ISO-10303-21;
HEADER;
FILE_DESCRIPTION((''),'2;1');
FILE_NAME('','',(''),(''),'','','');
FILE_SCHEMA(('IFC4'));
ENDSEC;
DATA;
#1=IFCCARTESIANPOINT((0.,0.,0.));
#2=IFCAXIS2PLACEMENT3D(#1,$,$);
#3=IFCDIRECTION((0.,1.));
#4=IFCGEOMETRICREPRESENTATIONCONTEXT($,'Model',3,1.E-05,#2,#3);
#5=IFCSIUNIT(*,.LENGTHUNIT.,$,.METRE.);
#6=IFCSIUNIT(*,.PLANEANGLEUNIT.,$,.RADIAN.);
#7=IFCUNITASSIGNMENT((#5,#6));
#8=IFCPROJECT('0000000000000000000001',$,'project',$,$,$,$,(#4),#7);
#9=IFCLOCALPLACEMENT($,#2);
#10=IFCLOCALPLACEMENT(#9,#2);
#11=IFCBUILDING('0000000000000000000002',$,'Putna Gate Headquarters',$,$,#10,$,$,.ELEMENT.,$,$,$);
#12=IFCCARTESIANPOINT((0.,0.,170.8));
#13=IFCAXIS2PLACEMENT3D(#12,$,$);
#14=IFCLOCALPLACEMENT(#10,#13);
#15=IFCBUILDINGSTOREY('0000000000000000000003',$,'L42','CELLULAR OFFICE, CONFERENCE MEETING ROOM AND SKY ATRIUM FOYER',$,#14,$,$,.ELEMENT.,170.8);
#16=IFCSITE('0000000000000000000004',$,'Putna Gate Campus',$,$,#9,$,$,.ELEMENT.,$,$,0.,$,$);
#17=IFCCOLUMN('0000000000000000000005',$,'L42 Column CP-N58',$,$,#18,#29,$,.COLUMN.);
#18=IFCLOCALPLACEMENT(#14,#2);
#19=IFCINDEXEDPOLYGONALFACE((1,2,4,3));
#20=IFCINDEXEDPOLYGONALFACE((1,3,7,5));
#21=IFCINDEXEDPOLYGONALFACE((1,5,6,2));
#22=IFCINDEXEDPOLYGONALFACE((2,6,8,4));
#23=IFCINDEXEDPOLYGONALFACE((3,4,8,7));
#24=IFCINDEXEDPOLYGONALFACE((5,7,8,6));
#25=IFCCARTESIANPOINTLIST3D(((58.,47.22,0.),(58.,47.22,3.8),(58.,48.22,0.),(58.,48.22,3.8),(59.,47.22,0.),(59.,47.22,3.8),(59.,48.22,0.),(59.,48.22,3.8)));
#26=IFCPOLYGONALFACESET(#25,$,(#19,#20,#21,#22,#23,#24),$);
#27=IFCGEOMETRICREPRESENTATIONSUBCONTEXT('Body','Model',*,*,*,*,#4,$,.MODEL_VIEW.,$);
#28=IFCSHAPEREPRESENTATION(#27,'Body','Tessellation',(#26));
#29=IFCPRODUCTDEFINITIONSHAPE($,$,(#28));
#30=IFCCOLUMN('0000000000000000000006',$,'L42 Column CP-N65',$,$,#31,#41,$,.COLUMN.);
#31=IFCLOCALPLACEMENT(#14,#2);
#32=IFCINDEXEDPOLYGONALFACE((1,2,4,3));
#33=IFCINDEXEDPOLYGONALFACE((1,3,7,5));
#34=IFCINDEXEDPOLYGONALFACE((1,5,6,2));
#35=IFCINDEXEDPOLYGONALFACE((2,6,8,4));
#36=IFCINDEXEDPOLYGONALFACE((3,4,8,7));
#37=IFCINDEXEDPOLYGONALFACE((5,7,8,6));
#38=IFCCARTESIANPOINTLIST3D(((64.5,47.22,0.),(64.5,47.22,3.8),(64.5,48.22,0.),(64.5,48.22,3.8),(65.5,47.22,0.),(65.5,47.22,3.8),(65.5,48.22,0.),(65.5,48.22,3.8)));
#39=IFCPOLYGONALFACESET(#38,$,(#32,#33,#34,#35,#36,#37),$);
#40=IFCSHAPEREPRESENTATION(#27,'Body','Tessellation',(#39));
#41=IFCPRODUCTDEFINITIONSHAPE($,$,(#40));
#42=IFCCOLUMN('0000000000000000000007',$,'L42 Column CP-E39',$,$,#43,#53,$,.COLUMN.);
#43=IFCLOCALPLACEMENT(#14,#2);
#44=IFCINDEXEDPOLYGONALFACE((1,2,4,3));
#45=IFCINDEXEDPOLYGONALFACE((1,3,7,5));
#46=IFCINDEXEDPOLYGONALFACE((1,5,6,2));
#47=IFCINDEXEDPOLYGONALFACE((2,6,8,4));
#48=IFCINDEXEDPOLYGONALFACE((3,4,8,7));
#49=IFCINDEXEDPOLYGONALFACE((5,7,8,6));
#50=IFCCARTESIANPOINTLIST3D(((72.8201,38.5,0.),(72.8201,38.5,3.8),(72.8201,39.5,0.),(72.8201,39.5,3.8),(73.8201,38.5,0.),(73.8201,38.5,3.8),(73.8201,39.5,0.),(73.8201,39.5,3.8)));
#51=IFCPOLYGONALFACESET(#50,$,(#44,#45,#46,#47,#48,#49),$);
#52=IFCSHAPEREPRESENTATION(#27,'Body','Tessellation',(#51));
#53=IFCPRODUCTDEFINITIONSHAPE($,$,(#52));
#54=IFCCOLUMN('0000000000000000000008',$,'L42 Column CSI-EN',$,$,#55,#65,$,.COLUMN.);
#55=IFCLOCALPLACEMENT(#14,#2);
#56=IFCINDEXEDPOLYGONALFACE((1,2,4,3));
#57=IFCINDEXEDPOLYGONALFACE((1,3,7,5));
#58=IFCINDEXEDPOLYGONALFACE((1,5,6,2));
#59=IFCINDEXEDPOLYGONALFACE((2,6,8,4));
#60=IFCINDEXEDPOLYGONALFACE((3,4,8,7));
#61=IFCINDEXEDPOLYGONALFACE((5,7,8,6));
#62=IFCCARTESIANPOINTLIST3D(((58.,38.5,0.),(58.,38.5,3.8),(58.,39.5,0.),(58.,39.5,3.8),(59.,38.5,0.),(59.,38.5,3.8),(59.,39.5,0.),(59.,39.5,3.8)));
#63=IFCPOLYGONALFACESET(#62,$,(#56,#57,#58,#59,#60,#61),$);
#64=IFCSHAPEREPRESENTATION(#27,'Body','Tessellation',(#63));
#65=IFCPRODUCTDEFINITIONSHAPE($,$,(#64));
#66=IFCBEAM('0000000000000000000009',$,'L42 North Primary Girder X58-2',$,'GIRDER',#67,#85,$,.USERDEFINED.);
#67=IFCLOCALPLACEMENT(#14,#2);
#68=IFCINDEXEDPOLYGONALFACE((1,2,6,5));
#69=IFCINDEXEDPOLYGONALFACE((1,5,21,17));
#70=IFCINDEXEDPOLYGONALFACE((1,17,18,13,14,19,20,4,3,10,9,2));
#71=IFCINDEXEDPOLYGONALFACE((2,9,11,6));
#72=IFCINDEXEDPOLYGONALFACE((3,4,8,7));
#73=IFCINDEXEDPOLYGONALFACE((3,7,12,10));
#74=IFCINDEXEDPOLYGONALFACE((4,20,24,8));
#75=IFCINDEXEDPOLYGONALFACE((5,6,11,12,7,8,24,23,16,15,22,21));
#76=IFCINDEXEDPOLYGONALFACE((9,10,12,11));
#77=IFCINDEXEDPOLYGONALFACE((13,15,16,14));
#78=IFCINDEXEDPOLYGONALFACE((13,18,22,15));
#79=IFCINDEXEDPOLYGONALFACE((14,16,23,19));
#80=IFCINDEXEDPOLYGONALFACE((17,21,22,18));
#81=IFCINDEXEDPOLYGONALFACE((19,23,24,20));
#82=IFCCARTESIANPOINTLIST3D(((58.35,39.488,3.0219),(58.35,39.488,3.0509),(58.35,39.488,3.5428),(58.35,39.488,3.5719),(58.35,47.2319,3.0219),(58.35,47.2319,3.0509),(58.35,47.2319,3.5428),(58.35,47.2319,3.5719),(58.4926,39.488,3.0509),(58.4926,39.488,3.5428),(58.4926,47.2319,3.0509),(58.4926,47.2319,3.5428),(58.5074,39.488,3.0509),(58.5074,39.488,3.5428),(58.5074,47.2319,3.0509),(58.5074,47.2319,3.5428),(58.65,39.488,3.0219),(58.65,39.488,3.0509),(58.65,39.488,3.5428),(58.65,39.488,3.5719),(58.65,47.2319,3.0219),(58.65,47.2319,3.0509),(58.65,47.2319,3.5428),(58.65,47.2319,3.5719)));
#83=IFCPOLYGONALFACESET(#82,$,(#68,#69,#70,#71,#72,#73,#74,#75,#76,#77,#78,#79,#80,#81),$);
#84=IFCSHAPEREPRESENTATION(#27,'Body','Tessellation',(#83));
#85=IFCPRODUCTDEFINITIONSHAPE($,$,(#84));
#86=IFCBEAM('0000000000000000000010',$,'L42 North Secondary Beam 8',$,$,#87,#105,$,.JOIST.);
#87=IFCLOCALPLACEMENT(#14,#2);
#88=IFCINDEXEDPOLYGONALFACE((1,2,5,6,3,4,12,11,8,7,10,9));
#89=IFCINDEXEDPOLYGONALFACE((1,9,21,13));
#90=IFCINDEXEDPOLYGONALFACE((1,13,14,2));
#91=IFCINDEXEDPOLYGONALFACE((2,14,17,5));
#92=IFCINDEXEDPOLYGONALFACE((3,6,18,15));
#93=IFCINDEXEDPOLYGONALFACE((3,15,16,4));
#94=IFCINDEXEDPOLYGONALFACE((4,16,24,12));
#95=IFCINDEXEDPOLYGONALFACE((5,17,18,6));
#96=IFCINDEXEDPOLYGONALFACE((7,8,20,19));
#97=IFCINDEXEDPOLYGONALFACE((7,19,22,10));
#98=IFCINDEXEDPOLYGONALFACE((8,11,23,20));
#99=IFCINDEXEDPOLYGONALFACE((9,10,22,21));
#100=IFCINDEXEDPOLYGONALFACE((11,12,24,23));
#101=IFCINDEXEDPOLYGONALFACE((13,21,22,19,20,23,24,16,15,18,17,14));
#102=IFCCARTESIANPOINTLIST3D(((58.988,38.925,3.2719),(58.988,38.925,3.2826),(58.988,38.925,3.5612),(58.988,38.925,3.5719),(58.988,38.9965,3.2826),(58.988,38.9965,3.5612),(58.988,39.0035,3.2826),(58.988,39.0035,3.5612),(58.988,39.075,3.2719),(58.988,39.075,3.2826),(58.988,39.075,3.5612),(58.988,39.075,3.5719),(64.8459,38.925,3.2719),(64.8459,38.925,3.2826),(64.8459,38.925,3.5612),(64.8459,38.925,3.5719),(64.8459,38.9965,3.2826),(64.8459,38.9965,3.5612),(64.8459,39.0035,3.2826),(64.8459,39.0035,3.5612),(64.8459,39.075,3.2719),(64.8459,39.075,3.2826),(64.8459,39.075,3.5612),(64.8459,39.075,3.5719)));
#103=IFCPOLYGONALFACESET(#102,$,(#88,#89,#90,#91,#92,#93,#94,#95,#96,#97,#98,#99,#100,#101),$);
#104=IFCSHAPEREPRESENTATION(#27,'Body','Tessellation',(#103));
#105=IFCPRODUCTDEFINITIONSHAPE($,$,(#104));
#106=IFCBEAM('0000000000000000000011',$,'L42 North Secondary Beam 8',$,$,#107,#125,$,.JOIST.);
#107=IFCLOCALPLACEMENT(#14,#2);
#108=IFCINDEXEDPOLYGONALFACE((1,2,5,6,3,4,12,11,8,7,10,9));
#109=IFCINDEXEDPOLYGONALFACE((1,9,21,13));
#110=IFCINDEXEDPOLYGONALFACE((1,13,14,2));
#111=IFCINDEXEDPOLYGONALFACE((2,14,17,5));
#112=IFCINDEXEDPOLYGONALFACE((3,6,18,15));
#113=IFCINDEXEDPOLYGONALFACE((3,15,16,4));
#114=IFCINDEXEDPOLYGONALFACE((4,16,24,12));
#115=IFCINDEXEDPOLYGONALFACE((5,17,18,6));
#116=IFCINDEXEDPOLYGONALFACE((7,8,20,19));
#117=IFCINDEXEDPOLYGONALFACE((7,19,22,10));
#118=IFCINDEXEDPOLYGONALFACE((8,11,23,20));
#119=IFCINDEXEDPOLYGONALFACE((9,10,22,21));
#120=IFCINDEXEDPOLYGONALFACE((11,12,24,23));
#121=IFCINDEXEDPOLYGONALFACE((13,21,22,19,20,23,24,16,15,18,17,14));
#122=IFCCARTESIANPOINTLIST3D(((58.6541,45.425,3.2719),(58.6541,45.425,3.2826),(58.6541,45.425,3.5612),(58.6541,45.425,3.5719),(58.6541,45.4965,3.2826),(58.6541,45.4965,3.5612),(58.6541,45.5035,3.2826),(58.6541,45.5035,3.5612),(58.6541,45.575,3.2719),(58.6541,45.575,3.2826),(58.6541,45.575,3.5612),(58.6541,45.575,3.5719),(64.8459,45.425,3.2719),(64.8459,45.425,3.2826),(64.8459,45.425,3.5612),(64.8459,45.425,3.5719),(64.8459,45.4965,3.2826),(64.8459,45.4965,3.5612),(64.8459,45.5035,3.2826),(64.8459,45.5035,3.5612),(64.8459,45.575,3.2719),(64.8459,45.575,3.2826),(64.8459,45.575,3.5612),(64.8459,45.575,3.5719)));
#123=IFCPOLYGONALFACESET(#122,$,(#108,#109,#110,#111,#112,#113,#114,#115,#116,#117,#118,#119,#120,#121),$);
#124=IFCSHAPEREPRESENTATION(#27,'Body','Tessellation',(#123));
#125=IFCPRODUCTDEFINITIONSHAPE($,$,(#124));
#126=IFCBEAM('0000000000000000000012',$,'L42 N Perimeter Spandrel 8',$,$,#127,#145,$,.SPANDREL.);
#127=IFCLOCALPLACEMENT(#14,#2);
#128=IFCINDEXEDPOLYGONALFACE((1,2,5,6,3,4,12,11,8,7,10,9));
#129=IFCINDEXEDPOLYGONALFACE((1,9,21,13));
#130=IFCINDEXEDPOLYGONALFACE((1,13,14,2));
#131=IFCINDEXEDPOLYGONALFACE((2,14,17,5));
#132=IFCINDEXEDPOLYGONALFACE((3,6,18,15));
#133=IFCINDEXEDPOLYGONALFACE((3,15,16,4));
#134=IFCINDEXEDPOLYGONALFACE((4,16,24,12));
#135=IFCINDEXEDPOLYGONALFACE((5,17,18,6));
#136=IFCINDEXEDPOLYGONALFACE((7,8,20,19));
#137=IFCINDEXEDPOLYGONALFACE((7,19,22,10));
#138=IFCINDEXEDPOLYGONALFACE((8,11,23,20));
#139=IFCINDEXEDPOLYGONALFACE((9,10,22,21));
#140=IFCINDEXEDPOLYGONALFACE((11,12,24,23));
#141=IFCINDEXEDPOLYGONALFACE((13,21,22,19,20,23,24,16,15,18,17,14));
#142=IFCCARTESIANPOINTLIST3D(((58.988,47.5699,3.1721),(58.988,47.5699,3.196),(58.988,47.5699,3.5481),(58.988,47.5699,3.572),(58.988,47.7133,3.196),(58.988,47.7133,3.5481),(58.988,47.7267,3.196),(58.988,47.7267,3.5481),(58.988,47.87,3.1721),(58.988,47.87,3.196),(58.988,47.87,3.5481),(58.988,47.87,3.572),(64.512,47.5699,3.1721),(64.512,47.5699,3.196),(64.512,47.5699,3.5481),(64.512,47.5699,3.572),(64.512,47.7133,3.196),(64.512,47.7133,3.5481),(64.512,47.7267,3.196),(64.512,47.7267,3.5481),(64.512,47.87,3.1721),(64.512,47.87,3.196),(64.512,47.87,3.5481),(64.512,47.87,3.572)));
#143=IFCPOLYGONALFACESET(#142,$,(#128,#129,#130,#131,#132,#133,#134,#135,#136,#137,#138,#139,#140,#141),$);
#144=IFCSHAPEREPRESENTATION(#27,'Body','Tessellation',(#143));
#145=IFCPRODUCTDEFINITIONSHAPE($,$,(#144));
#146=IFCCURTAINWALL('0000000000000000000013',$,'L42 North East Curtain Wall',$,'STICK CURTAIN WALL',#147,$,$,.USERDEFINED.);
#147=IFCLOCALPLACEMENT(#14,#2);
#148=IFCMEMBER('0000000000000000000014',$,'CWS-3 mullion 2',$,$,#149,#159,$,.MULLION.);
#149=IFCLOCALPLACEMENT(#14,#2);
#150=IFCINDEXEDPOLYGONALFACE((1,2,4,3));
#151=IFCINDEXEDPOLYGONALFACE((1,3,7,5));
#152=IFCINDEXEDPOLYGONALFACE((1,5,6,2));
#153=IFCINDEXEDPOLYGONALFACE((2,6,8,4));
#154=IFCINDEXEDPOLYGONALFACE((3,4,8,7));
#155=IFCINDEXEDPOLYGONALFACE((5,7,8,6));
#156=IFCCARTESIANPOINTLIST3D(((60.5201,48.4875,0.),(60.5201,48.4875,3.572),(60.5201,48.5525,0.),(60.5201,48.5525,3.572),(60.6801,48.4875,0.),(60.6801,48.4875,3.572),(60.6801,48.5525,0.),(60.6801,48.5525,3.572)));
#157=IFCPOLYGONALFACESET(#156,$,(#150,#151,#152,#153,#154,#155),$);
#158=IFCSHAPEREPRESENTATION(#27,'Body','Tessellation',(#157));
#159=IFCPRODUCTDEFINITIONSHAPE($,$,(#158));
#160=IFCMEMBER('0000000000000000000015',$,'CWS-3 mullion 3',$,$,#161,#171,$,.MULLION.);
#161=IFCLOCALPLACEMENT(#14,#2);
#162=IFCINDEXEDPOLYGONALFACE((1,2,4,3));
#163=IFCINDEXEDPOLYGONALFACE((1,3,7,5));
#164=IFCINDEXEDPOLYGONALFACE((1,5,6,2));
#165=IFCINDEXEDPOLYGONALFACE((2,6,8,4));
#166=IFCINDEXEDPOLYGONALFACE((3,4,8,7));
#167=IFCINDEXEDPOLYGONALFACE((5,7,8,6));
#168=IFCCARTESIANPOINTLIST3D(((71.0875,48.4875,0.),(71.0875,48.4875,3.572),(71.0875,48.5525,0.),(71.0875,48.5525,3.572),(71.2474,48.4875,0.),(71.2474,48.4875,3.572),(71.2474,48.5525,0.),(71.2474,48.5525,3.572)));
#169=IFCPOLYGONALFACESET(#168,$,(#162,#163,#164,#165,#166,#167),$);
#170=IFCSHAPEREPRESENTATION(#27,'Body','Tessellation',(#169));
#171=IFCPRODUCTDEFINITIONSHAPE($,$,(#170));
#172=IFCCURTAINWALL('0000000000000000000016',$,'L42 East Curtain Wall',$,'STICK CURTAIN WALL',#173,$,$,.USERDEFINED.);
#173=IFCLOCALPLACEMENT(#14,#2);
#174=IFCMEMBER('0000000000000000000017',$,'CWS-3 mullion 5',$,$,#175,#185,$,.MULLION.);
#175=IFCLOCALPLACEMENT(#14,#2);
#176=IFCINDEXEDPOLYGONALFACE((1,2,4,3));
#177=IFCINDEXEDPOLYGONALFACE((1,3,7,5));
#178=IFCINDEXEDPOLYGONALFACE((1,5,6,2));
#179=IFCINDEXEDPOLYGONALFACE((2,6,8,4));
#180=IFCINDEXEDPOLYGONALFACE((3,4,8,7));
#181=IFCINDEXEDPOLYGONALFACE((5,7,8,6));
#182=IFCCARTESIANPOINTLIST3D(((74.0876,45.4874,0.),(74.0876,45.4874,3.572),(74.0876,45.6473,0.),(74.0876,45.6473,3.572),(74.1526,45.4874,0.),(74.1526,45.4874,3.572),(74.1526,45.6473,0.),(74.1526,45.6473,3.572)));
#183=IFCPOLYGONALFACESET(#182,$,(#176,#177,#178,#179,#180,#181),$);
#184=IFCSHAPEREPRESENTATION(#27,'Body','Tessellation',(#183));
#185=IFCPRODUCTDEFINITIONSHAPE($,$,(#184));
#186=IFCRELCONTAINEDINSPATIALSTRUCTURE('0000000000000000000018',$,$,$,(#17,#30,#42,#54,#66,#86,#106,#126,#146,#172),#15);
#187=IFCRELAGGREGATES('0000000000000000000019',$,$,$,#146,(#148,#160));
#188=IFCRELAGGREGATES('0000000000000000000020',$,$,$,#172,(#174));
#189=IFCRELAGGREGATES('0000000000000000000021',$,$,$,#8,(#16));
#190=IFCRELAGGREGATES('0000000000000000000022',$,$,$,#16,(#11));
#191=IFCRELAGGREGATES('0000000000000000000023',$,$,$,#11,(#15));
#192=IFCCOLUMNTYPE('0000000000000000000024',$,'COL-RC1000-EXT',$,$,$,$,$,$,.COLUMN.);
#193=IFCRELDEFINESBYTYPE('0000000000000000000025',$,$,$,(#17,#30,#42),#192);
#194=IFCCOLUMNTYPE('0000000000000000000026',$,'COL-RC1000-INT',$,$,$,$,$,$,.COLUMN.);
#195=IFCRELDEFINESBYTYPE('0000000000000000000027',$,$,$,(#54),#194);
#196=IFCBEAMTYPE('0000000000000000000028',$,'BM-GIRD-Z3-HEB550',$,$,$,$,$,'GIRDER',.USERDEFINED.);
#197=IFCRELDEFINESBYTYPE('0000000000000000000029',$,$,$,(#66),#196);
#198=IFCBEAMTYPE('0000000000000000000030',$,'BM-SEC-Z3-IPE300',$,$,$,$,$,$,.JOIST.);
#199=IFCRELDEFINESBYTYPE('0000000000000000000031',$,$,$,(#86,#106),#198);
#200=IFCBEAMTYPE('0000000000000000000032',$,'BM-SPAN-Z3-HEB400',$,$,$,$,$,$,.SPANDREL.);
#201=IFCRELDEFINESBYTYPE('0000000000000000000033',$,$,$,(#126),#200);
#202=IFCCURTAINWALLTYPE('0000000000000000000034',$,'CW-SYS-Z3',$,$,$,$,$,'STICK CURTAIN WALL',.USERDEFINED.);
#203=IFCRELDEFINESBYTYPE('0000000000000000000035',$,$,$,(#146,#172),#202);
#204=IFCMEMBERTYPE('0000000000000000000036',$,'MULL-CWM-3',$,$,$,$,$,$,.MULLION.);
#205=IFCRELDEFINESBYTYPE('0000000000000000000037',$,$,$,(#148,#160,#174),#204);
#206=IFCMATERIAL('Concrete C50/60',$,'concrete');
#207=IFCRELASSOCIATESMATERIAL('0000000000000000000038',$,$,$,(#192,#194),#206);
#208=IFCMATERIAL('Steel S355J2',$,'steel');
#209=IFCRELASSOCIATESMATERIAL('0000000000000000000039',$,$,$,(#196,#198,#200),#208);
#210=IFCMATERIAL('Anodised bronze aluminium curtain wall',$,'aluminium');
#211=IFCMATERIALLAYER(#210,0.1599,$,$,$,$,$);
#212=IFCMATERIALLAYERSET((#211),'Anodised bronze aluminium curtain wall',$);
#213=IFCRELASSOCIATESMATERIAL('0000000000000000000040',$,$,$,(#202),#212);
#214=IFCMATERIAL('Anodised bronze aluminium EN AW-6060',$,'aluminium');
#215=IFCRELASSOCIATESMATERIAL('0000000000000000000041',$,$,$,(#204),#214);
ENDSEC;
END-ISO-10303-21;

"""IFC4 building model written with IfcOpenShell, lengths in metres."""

from ifc_helpers import new_model, si_unit, direction, frame, origin, origin_2d, place, context, subcontext, project, spatial, rectangle, i_section, extrude, material, layer, layer_set, material_profile, profile_set, type_object, element, aggregate, save


model = new_model("IFC4")

# Units and contexts
model_context = context("Model", 3, precision=1e-05, world=origin(), true_north=direction((0.0, 1.0)))
body_context = subcontext(model_context, "Body", "Model", "MODEL_VIEW")
ifc_project = project(units=[si_unit("LENGTHUNIT", "METRE"), si_unit("PLANEANGLEUNIT", "RADIAN")], contexts=[model_context])

# Site, building, storey
site_placement = place(None, origin())
site = spatial("IfcSite", under=ifc_project, at=site_placement, Name="Putna Gate Campus", CompositionType="ELEMENT", RefElevation=0.0)
building_placement = place(site_placement, origin())
building = spatial("IfcBuilding", under=site, at=building_placement, Name="Putna Gate Headquarters", CompositionType="ELEMENT")
storey_placement = place(building_placement, frame((0.0, 0.0, 170.8)))
storey = spatial("IfcBuildingStorey", under=building, at=storey_placement, Name="L42", Description="CELLULAR OFFICE, CONFERENCE MEETING ROOM AND SKY ATRIUM FOYER", CompositionType="ELEMENT", Elevation=170.8)

# Columns
ifc_material_1 = material(Name="Concrete C50/60", Category="concrete")
ifc_material_profile_1 = material_profile(ifc_material_1, rectangle(XDim=1.0, YDim=1.0, at=origin_2d()), Name="Concrete C50/60")
ifc_profile_set_1 = profile_set([ifc_material_profile_1], Name="Concrete C50/60")
column_type_1 = type_object("IfcColumnType", Name="COL-RC1000-EXT", PredefinedType="COLUMN", material=ifc_profile_set_1)
for number, where, z_axis, x_axis, name in (
    (1, (58.5, 47.72, 0.0), (0.0, 0.0, 1.0), (1.0, 0.0, 0.0), "L42 Column CP-N58"),
    (2, (65.0, 47.72, 0.0), (0.0, 0.0, 1.0), (1.0, 0.0, 0.0), "L42 Column CP-N65"),
    (3, (73.3201, 39.0, 0.0), (0.0, 0.0, 1.0), (1.0, 0.0, 0.0), "L42 Column CP-E39"),
):
    element("IfcColumn", number, at=place(storey_placement, frame(where, z_axis=z_axis, x_axis=x_axis)), inside=storey, type_object=column_type_1, Name=name, PredefinedType="COLUMN", context=body_context, shape_type="SweptSolid", body=[
        extrude(rectangle(XDim=1.0, YDim=1.0, at=origin_2d()), origin(), (0.0, 0.0, 1.0), 3.8),
    ])
ifc_material_profile_2 = material_profile(ifc_material_1, rectangle(XDim=1.0, YDim=1.0, at=origin_2d()), Name="Concrete C50/60")
ifc_profile_set_2 = profile_set([ifc_material_profile_2], Name="Concrete C50/60")
column_type_2 = type_object("IfcColumnType", Name="COL-RC1000-INT", PredefinedType="COLUMN", material=ifc_profile_set_2)
column_placement = place(storey_placement, frame((58.5, 39.0, 0.0), z_axis=(0.0, 0.0, 1.0), x_axis=(1.0, 0.0, 0.0)))
element("IfcColumn", 4, at=column_placement, inside=storey, type_object=column_type_2, Name="L42 Column CSI-EN", PredefinedType="COLUMN", context=body_context, shape_type="SweptSolid", body=[
    extrude(rectangle(XDim=1.0, YDim=1.0, at=origin_2d()), origin(), (0.0, 0.0, 1.0), 3.8),
])

# Beams
ifc_material_2 = material(Name="Steel S355J2", Category="steel")
ifc_material_profile_3 = material_profile(ifc_material_2, i_section(OverallWidth=0.3, OverallDepth=0.55, WebThickness=0.0149, FlangeThickness=0.0291, at=origin_2d()), Name="Steel S355J2")
ifc_profile_set_3 = profile_set([ifc_material_profile_3], Name="Steel S355J2")
beam_type_1 = type_object("IfcBeamType", Name="BM-GIRD-Z3-HEB550", ElementType="GIRDER", PredefinedType="USERDEFINED", material=ifc_profile_set_3)
beam_1_placement = place(storey_placement, frame((58.5, 39.488, 3.2969), z_axis=(0.0, 1.0, 0.0), x_axis=(-1.0, 0.0, 0.0)))
element("IfcBeam", 5, at=beam_1_placement, inside=storey, type_object=beam_type_1, Name="L42 North Primary Girder X58-2", ObjectType="GIRDER", PredefinedType="USERDEFINED", context=body_context, shape_type="SweptSolid", body=[
    extrude(i_section(OverallWidth=0.3, OverallDepth=0.55, WebThickness=0.0149, FlangeThickness=0.0291, at=origin_2d()), origin(), (0.0, 0.0, 1.0), 7.7439),
])
ifc_material_profile_4 = material_profile(ifc_material_2, i_section(OverallWidth=0.1499, OverallDepth=0.3, WebThickness=0.0071, FlangeThickness=0.0107, at=origin_2d()), Name="Steel S355J2")
ifc_profile_set_4 = profile_set([ifc_material_profile_4], Name="Steel S355J2")
beam_type_2 = type_object("IfcBeamType", Name="BM-SEC-Z3-IPE300", PredefinedType="JOIST", material=ifc_profile_set_4)
beam_2_placement = place(storey_placement, frame((58.988, 39.0, 3.4219), z_axis=(1.0, 0.0, 0.0), x_axis=(0.0, 1.0, 0.0)))
element("IfcBeam", 6, at=beam_2_placement, inside=storey, type_object=beam_type_2, Name="L42 North Secondary Beam 8", PredefinedType="JOIST", context=body_context, shape_type="SweptSolid", body=[
    extrude(i_section(OverallWidth=0.1499, OverallDepth=0.3, WebThickness=0.0071, FlangeThickness=0.0107, at=origin_2d()), origin(), (0.0, 0.0, 1.0), 5.8579),
])
beam_3_placement = place(storey_placement, frame((58.6541, 45.5, 3.4219), z_axis=(1.0, 0.0, 0.0), x_axis=(0.0, 1.0, 0.0)))
element("IfcBeam", 7, at=beam_3_placement, inside=storey, type_object=beam_type_2, Name="L42 North Secondary Beam 8", PredefinedType="JOIST", context=body_context, shape_type="SweptSolid", body=[
    extrude(i_section(OverallWidth=0.1499, OverallDepth=0.3, WebThickness=0.0071, FlangeThickness=0.0107, at=origin_2d()), origin(), (0.0, 0.0, 1.0), 6.1919),
])
ifc_material_profile_5 = material_profile(ifc_material_2, i_section(OverallWidth=0.3, OverallDepth=0.3999, WebThickness=0.0134, FlangeThickness=0.0239, at=origin_2d()), Name="Steel S355J2")
ifc_profile_set_5 = profile_set([ifc_material_profile_5], Name="Steel S355J2")
beam_type_3 = type_object("IfcBeamType", Name="BM-SPAN-Z3-HEB400", PredefinedType="SPANDREL", material=ifc_profile_set_5)
beam_4_placement = place(storey_placement, frame((58.988, 47.72, 3.3721), z_axis=(1.0, 0.0, 0.0), x_axis=(0.0, 1.0, 0.0)))
element("IfcBeam", 8, at=beam_4_placement, inside=storey, type_object=beam_type_3, Name="L42 N Perimeter Spandrel 8", PredefinedType="SPANDREL", context=body_context, shape_type="SweptSolid", body=[
    extrude(i_section(OverallWidth=0.3, OverallDepth=0.3999, WebThickness=0.0134, FlangeThickness=0.0239, at=origin_2d()), origin(), (0.0, 0.0, 1.0), 5.5239),
])

# Curtain wall, members
ifc_material_3 = material(Name="Anodised bronze aluminium curtain wall", Category="aluminium")
ifc_layer_1 = layer(ifc_material_3, 0.1599)
ifc_layer_set_1 = layer_set([ifc_layer_1], Name="Anodised bronze aluminium curtain wall")
curtain_wall_type = type_object("IfcCurtainWallType", Name="CW-SYS-Z3", ElementType="STICK CURTAIN WALL", PredefinedType="USERDEFINED", material=ifc_layer_set_1)
curtain_wall_1_placement = place(storey_placement, origin())
curtain_wall_1 = element("IfcCurtainWall", 9, at=curtain_wall_1_placement, inside=storey, type_object=curtain_wall_type, Name="L42 North East Curtain Wall", ObjectType="STICK CURTAIN WALL", PredefinedType="USERDEFINED")
ifc_material_4 = material(Name="Anodised bronze aluminium EN AW-6060", Category="aluminium")
ifc_material_profile_6 = material_profile(ifc_material_4, rectangle(XDim=0.0649, YDim=0.1599, at=origin_2d()), Name="Anodised bronze aluminium EN AW-6060")
ifc_profile_set_6 = profile_set([ifc_material_profile_6], Name="Anodised bronze aluminium EN AW-6060")
member_type_1 = type_object("IfcMemberType", Name="MULL-CWM-3", PredefinedType="MULLION", material=ifc_profile_set_6)
member_1_placement = place(storey_placement, frame((60.6001, 48.52, 0.0), z_axis=(0.0, 0.0, 1.0), x_axis=(0.0, 1.0, 0.0)))
member_1 = element("IfcMember", 10, at=member_1_placement, type_object=member_type_1, Name="CWS-3 mullion 2", PredefinedType="MULLION", context=body_context, shape_type="SweptSolid", body=[
    extrude(rectangle(XDim=0.0649, YDim=0.1599, at=origin_2d()), origin(), (0.0, 0.0, 1.0), 3.572),
])
member_2_placement = place(storey_placement, frame((71.1675, 48.52, 0.0), z_axis=(0.0, 0.0, 1.0), x_axis=(0.0, 1.0, 0.0)))
member_2 = element("IfcMember", 11, at=member_2_placement, type_object=member_type_1, Name="CWS-3 mullion 3", PredefinedType="MULLION", context=body_context, shape_type="SweptSolid", body=[
    extrude(rectangle(XDim=0.0649, YDim=0.1599, at=origin_2d()), origin(), (0.0, 0.0, 1.0), 3.572),
])

# Curtain wall, member
curtain_wall_2_placement = place(storey_placement, origin())
curtain_wall_2 = element("IfcCurtainWall", 12, at=curtain_wall_2_placement, inside=storey, type_object=curtain_wall_type, Name="L42 East Curtain Wall", ObjectType="STICK CURTAIN WALL", PredefinedType="USERDEFINED")
member_3_placement = place(storey_placement, frame((74.1201, 45.5674, 0.0), z_axis=(0.0, 0.0, 1.0), x_axis=(-1.0, 0.0, 0.0)))
member_3 = element("IfcMember", 13, at=member_3_placement, type_object=member_type_1, Name="CWS-3 mullion 5", PredefinedType="MULLION", context=body_context, shape_type="SweptSolid", body=[
    extrude(rectangle(XDim=0.0649, YDim=0.1599, at=origin_2d()), origin(), (0.0, 0.0, 1.0), 3.572),
])

aggregate(curtain_wall_1, [member_1, member_2])
aggregate(curtain_wall_2, [member_3])

save(model, "model.ifc")
